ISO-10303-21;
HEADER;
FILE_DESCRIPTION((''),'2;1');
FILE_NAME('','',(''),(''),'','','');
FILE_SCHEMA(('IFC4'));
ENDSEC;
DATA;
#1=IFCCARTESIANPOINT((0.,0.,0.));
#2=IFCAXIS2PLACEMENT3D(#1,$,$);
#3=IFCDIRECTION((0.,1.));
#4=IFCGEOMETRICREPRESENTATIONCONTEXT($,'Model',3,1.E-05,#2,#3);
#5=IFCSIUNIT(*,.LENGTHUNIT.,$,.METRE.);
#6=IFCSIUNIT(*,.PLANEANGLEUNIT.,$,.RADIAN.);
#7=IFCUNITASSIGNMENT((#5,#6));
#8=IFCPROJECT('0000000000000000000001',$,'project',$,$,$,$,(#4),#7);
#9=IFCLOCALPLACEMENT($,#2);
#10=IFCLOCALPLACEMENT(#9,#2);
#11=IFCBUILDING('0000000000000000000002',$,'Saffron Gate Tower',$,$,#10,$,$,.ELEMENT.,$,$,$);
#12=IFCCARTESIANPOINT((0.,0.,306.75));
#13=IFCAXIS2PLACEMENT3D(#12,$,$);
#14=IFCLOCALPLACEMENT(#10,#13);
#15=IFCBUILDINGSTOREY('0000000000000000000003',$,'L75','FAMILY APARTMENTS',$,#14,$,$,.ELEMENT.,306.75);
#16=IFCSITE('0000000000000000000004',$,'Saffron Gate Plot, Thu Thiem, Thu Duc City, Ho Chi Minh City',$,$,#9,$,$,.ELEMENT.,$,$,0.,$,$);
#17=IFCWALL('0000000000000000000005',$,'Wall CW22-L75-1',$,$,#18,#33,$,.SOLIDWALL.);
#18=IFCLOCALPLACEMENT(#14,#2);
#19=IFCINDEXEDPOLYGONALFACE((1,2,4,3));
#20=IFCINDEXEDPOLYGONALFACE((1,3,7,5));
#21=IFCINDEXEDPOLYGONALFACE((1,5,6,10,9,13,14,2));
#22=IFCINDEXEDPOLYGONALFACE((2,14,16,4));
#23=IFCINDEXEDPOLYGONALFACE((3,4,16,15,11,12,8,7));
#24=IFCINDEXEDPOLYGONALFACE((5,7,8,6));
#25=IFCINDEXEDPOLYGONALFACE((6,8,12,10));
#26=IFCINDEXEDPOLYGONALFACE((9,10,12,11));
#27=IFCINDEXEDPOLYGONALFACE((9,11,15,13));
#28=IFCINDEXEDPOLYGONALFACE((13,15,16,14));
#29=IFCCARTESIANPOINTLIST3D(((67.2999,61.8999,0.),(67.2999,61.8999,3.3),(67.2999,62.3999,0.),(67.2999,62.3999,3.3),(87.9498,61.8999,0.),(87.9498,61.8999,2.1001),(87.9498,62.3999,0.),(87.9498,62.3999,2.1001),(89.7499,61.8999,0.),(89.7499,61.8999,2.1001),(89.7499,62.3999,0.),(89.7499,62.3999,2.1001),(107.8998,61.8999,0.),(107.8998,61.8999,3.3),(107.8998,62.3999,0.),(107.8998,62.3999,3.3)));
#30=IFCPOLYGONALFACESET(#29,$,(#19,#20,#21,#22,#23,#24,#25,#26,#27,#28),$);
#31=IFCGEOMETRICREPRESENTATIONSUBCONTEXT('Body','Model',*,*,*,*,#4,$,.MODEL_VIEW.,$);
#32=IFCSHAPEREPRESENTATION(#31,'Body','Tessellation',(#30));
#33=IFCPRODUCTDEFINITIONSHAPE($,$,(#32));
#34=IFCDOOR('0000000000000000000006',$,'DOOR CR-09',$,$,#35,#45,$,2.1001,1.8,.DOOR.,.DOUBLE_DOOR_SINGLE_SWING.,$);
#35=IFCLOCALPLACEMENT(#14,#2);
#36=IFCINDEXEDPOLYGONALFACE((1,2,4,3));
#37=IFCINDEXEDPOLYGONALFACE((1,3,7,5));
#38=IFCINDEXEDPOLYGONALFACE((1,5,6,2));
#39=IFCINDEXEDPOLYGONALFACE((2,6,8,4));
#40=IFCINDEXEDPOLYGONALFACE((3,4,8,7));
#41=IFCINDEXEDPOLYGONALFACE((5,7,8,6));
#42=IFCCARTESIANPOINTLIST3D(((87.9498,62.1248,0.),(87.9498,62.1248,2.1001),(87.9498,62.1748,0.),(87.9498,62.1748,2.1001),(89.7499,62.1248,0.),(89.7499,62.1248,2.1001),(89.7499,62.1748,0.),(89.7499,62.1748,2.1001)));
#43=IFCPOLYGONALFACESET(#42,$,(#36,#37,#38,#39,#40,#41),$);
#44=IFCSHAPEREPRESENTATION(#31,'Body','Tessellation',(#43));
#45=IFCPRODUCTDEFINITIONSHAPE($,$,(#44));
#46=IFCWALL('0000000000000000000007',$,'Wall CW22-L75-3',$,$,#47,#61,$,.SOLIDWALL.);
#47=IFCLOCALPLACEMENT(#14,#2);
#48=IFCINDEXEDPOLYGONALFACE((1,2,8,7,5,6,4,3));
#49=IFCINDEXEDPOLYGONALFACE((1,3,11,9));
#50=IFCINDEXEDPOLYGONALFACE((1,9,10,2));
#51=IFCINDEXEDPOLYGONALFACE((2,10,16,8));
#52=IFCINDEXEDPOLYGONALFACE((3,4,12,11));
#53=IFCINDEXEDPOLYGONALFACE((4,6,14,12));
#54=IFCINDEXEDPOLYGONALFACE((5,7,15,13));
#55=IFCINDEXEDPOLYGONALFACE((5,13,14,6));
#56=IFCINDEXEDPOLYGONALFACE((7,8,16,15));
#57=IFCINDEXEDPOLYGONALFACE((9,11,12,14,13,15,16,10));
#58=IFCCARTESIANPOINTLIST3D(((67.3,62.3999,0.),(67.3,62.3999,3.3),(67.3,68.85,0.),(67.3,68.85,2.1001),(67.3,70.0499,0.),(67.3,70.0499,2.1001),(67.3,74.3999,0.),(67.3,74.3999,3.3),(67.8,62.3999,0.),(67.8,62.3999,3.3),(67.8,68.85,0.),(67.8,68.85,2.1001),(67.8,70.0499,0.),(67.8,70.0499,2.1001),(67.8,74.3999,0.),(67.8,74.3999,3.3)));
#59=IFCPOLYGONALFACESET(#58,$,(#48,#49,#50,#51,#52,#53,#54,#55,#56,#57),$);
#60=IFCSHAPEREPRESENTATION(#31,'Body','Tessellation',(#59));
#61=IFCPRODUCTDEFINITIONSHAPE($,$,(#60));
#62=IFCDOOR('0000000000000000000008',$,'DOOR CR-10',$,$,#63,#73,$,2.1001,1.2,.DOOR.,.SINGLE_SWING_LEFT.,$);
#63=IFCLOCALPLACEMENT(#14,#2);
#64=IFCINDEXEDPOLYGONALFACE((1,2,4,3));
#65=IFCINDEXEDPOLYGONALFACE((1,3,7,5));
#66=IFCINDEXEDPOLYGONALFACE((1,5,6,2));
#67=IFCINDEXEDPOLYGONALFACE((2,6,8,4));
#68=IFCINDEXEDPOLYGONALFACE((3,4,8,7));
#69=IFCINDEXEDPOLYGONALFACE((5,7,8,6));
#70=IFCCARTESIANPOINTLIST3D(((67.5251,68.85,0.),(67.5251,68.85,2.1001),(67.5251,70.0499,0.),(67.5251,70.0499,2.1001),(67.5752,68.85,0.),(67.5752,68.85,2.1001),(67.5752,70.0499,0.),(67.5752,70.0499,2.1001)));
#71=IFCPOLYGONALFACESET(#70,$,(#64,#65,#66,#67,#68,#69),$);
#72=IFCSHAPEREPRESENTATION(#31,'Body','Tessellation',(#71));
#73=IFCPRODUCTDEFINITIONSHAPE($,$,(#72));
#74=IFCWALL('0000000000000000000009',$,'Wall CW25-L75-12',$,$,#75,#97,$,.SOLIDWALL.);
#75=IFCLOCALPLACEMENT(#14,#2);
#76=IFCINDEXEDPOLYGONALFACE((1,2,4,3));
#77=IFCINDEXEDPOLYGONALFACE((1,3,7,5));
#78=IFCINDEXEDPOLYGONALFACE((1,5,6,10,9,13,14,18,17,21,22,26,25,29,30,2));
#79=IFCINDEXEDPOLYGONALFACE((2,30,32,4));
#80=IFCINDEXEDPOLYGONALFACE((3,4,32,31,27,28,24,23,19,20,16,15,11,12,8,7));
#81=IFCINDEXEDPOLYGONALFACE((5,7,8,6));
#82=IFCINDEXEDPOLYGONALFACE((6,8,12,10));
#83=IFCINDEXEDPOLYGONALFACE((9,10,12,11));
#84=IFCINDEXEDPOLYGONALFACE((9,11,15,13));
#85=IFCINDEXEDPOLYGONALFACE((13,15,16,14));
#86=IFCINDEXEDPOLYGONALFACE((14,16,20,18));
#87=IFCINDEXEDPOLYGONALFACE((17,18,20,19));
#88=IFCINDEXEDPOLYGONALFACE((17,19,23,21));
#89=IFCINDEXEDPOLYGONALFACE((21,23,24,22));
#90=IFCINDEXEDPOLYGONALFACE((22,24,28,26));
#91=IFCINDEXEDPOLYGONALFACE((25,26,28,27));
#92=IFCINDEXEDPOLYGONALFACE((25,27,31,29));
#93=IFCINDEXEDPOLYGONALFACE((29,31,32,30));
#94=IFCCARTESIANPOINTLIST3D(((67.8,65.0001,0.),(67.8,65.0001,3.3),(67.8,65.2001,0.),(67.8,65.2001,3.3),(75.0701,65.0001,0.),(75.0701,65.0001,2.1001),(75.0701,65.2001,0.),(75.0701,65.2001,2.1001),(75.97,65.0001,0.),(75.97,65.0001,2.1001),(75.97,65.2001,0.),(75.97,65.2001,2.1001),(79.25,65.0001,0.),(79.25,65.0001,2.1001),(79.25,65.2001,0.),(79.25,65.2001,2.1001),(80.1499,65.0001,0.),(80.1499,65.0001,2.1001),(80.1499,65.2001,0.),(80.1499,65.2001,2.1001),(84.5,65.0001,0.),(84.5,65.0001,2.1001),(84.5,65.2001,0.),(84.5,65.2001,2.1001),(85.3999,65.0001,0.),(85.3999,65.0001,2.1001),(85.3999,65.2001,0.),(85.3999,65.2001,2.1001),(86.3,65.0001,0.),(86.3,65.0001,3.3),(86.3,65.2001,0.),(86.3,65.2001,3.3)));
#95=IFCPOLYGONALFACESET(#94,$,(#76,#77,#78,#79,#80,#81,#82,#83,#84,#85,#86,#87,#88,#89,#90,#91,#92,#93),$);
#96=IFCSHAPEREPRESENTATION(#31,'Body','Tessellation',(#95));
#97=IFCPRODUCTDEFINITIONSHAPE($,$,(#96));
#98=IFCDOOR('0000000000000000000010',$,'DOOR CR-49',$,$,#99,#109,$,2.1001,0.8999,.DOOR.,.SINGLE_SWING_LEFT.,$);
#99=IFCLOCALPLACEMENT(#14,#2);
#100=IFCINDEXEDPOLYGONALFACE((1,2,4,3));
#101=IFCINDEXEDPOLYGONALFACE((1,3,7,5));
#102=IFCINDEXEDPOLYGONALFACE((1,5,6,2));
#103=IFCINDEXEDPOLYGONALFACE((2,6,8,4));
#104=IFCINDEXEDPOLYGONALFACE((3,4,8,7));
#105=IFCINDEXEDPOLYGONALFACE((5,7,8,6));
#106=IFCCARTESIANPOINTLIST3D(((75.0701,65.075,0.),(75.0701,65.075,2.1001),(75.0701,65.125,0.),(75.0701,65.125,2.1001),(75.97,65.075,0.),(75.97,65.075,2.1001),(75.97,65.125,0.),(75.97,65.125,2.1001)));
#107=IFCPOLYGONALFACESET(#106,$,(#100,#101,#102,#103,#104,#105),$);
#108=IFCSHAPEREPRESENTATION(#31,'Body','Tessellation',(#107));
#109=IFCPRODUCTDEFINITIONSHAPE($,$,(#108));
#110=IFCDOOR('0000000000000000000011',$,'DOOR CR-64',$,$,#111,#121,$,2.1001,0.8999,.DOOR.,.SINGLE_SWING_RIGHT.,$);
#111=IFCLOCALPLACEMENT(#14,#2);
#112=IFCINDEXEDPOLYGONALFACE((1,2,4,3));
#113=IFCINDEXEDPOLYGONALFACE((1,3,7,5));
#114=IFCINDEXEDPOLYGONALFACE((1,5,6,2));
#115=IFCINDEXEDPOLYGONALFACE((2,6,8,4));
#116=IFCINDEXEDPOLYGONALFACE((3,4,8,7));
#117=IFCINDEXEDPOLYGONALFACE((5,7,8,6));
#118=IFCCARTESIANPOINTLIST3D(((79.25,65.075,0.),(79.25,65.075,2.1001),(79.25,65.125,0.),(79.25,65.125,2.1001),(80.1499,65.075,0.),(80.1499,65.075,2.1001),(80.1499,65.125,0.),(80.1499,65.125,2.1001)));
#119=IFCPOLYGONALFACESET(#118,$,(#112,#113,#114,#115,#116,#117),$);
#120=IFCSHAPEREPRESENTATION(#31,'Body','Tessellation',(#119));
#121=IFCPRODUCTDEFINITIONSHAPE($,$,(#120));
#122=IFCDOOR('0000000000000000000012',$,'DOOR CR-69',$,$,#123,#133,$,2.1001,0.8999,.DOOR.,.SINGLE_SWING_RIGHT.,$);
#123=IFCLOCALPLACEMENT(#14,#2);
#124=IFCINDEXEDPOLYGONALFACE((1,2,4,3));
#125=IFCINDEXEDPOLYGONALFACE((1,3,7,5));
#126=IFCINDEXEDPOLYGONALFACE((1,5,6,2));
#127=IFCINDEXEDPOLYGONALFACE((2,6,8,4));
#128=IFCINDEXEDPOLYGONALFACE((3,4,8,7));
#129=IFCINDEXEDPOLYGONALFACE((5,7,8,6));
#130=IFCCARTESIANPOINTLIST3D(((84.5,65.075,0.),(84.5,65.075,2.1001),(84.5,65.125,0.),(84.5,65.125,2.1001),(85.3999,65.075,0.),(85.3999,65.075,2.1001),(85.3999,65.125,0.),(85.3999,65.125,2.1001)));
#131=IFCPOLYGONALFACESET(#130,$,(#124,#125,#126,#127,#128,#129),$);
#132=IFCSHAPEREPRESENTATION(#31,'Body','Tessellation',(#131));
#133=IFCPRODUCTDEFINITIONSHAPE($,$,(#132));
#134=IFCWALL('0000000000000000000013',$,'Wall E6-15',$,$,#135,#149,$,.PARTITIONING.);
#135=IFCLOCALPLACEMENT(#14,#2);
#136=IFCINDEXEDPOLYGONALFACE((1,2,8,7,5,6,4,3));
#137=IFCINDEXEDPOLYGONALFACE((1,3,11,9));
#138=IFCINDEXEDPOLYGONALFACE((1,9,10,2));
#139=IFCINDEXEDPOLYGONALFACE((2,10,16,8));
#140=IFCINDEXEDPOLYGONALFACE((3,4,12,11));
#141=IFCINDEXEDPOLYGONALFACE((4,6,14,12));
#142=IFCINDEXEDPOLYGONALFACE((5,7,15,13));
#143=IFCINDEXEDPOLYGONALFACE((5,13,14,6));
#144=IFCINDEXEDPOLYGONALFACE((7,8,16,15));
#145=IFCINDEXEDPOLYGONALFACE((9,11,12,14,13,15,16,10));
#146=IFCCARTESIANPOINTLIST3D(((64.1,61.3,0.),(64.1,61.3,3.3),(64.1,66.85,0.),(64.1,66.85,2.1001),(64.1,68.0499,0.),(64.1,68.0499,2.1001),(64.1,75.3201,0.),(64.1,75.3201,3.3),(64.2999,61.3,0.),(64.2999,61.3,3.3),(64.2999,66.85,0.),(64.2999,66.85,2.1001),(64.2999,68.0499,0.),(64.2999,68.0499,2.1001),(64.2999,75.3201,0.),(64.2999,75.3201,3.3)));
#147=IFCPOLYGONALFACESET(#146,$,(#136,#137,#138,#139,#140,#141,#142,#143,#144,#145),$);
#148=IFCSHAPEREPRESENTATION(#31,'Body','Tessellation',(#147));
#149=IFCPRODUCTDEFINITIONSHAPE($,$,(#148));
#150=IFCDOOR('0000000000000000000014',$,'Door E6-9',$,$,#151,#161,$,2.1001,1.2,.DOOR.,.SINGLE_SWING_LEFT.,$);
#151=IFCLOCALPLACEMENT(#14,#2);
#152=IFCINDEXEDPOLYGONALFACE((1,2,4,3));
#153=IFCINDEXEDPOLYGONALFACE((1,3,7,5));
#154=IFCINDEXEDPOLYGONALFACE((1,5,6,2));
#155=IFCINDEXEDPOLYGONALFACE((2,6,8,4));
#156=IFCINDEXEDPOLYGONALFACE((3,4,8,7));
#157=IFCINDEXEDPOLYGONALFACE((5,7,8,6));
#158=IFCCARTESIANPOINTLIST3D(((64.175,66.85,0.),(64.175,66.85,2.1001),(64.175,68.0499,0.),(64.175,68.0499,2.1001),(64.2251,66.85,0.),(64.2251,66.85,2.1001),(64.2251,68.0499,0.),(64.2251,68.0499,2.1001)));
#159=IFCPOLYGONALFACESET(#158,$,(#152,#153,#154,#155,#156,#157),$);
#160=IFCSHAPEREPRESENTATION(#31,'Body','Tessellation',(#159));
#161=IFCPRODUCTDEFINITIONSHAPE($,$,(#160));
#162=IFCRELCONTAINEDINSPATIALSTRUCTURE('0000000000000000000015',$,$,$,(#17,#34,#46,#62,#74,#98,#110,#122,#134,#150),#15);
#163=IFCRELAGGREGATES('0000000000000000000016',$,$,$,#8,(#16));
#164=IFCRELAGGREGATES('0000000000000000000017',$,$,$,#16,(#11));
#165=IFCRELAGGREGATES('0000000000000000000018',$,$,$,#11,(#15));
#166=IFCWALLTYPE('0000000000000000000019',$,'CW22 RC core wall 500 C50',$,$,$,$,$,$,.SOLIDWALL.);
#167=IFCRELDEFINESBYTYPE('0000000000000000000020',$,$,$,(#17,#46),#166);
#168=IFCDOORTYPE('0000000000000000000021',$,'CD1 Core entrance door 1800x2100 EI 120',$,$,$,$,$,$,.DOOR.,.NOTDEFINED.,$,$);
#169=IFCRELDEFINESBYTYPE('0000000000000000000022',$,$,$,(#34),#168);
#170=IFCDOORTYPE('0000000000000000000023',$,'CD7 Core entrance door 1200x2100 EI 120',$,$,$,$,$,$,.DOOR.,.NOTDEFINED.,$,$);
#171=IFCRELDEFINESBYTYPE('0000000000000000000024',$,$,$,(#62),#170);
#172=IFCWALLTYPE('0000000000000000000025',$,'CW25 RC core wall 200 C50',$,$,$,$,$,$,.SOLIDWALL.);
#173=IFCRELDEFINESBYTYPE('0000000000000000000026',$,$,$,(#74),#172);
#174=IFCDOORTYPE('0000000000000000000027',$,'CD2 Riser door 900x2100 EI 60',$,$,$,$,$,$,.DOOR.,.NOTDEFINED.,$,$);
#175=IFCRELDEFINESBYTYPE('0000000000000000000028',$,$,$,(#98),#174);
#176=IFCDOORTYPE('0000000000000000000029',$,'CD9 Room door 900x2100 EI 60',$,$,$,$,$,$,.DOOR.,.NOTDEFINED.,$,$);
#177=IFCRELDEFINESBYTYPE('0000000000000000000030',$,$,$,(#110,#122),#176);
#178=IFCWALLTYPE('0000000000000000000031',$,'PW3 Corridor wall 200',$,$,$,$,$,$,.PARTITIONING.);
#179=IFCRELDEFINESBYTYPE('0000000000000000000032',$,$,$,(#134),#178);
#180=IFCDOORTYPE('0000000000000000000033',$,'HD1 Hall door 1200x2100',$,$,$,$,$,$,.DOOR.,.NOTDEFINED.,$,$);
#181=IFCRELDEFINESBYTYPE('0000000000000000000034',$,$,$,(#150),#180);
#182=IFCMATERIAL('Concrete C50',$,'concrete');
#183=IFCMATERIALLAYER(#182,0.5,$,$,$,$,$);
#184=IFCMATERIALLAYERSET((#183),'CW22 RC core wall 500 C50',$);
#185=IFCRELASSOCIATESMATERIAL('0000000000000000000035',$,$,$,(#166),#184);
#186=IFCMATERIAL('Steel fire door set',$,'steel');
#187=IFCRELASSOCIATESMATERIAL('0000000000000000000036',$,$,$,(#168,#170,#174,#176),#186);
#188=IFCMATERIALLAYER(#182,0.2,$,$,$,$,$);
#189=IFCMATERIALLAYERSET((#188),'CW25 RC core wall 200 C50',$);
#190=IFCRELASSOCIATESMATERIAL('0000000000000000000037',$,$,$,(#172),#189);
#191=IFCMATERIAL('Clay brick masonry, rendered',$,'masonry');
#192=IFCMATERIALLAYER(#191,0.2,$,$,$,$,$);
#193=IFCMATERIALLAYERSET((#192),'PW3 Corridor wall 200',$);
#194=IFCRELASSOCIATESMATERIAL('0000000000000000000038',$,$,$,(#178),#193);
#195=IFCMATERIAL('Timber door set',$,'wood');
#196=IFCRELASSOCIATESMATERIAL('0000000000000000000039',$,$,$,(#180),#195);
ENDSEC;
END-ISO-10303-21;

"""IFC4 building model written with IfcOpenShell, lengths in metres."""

from ifc_helpers import new_model, si_unit, direction, frame, frame_2d, origin, place, context, subcontext, project, spatial, rectangle, extrude, material, layer, layer_set, type_object, element, fill, save


model = new_model("IFC4")

# Units and contexts
model_context = context("Model", 3, precision=1e-05, world=origin(), true_north=direction((0.0, 1.0)))
body_context = subcontext(model_context, "Body", "Model", "MODEL_VIEW")
ifc_project = project(units=[si_unit("LENGTHUNIT", "METRE"), si_unit("PLANEANGLEUNIT", "RADIAN")], contexts=[model_context])

# Site, building, storey
site_placement = place(None, origin())
site = spatial("IfcSite", under=ifc_project, at=site_placement, Name="Saffron Gate Plot, Thu Thiem, Thu Duc City, Ho Chi Minh City", CompositionType="ELEMENT", RefElevation=0.0)
building_placement = place(site_placement, origin())
building = spatial("IfcBuilding", under=site, at=building_placement, Name="Saffron Gate Tower", CompositionType="ELEMENT")
storey_placement = place(building_placement, frame((0.0, 0.0, 306.75)))
storey = spatial("IfcBuildingStorey", under=building, at=storey_placement, Name="L75", Description="FAMILY APARTMENTS", CompositionType="ELEMENT", Elevation=306.75)

# Walls, openings, doors
ifc_material_1 = material(Name="Concrete C50", Category="concrete")
ifc_layer_1 = layer(ifc_material_1, 0.5)
ifc_layer_set_1 = layer_set([ifc_layer_1], Name="CW22 RC core wall 500 C50")
wall_type_1 = type_object("IfcWallType", Name="CW22 RC core wall 500 C50", PredefinedType="SOLIDWALL", material=ifc_layer_set_1)
wall_1_placement = place(storey_placement, frame((67.3, 62.1499, 0.0), z_axis=(0.0, 0.0, 1.0), x_axis=(1.0, 0.0, 0.0)))
wall_1 = element("IfcWall", 1, at=wall_1_placement, inside=storey, type_object=wall_type_1, Name="Wall CW22-L75-1", PredefinedType="SOLIDWALL", context=body_context, shape_type="SweptSolid", body=[
    extrude(rectangle(XDim=40.5999, YDim=0.5, at=frame_2d((20.2998, 0.0))), origin(), (0.0, 0.0, 1.0), 3.3),
])
opening_1_placement = place(wall_1_placement, frame((20.6499, 0.0, 0.0)))
opening_1 = element("IfcOpeningElement", 2, at=opening_1_placement, cuts=wall_1, PredefinedType="OPENING", context=body_context, shape_type="SweptSolid", body=[
    extrude(rectangle(XDim=1.8, YDim=2.1001, at=frame_2d((0.8999, 1.05))), frame((0.0, 0.26, 0.0), z_axis=(0.0, -1.0, 0.0), x_axis=(1.0, 0.0, 0.0)), (0.0, 0.0, 1.0), 0.52),
])
ifc_material_2 = material(Name="Steel fire door set", Category="steel")
door_type_1 = type_object("IfcDoorType", Name="CD1 Core entrance door 1800x2100 EI 120", OperationType="NOTDEFINED", PredefinedType="DOOR", material=ifc_material_2)
door_1_placement = place(opening_1_placement, origin())
door_1 = element("IfcDoor", 3, at=door_1_placement, inside=storey, type_object=door_type_1, Name="DOOR CR-09", OperationType="DOUBLE_DOOR_SINGLE_SWING", OverallHeight=2.1001, OverallWidth=1.8, PredefinedType="DOOR", context=body_context, shape_type="SweptSolid", body=[
    extrude(rectangle(XDim=1.8, YDim=2.1001, at=frame_2d((0.8999, 1.05))), frame((0.0, 0.0249, 0.0), z_axis=(0.0, -1.0, 0.0), x_axis=(1.0, 0.0, 0.0)), (0.0, 0.0, 1.0), 0.05),
])
fill(opening_1, door_1)
wall_2_placement = place(storey_placement, frame((67.55, 62.3999, 0.0), z_axis=(0.0, 0.0, 1.0), x_axis=(0.0, 1.0, 0.0)))
wall_2 = element("IfcWall", 4, at=wall_2_placement, inside=storey, type_object=wall_type_1, Name="Wall CW22-L75-3", PredefinedType="SOLIDWALL", context=body_context, shape_type="SweptSolid", body=[
    extrude(rectangle(XDim=12.0, YDim=0.5, at=frame_2d((6.0, 0.0))), origin(), (0.0, 0.0, 1.0), 3.3),
])
opening_2_placement = place(wall_2_placement, frame((6.45, 0.0, 0.0)))
opening_2 = element("IfcOpeningElement", 5, at=opening_2_placement, cuts=wall_2, PredefinedType="OPENING", context=body_context, shape_type="SweptSolid", body=[
    extrude(rectangle(XDim=1.2, YDim=2.1001, at=frame_2d((0.6001, 1.05))), frame((0.0, 0.26, 0.0), z_axis=(0.0, -1.0, 0.0), x_axis=(1.0, 0.0, 0.0)), (0.0, 0.0, 1.0), 0.52),
])
door_type_2 = type_object("IfcDoorType", Name="CD7 Core entrance door 1200x2100 EI 120", OperationType="NOTDEFINED", PredefinedType="DOOR", material=ifc_material_2)
door_2_placement = place(opening_2_placement, origin())
door_2 = element("IfcDoor", 6, at=door_2_placement, inside=storey, type_object=door_type_2, Name="DOOR CR-10", OperationType="SINGLE_SWING_LEFT", OverallHeight=2.1001, OverallWidth=1.2, PredefinedType="DOOR", context=body_context, shape_type="SweptSolid", body=[
    extrude(rectangle(XDim=1.2, YDim=2.1001, at=frame_2d((0.6001, 1.05))), frame((0.0, 0.0249, 0.0), z_axis=(0.0, -1.0, 0.0), x_axis=(1.0, 0.0, 0.0)), (0.0, 0.0, 1.0), 0.05),
])
fill(opening_2, door_2)

# Wall, openings, doors
ifc_layer_2 = layer(ifc_material_1, 0.2)
ifc_layer_set_2 = layer_set([ifc_layer_2], Name="CW25 RC core wall 200 C50")
wall_type_2 = type_object("IfcWallType", Name="CW25 RC core wall 200 C50", PredefinedType="SOLIDWALL", material=ifc_layer_set_2)
wall_3_placement = place(storey_placement, frame((67.8, 65.1001, 0.0), z_axis=(0.0, 0.0, 1.0), x_axis=(1.0, 0.0, 0.0)))
wall_3 = element("IfcWall", 7, at=wall_3_placement, inside=storey, type_object=wall_type_2, Name="Wall CW25-L75-12", PredefinedType="SOLIDWALL", context=body_context, shape_type="SweptSolid", body=[
    extrude(rectangle(XDim=18.5, YDim=0.2, at=frame_2d((9.25, 0.0))), origin(), (0.0, 0.0, 1.0), 3.3),
])
opening_3_placement = place(wall_3_placement, frame((7.27, 0.0, 0.0)))
opening_3 = element("IfcOpeningElement", 8, at=opening_3_placement, cuts=wall_3, PredefinedType="OPENING", context=body_context, shape_type="SweptSolid", body=[
    extrude(rectangle(XDim=0.8999, YDim=2.1001, at=frame_2d((0.45, 1.05))), frame((0.0, 0.1099, 0.0), z_axis=(0.0, -1.0, 0.0), x_axis=(1.0, 0.0, 0.0)), (0.0, 0.0, 1.0), 0.22),
])
opening_4_placement = place(wall_3_placement, frame((11.45, 0.0, 0.0)))
opening_4 = element("IfcOpeningElement", 9, at=opening_4_placement, cuts=wall_3, PredefinedType="OPENING", context=body_context, shape_type="SweptSolid", body=[
    extrude(rectangle(XDim=0.8999, YDim=2.1001, at=frame_2d((0.45, 1.05))), frame((0.0, 0.1099, 0.0), z_axis=(0.0, -1.0, 0.0), x_axis=(1.0, 0.0, 0.0)), (0.0, 0.0, 1.0), 0.22),
])
opening_5_placement = place(wall_3_placement, frame((16.7, 0.0, 0.0)))
opening_5 = element("IfcOpeningElement", 10, at=opening_5_placement, cuts=wall_3, PredefinedType="OPENING", context=body_context, shape_type="SweptSolid", body=[
    extrude(rectangle(XDim=0.8999, YDim=2.1001, at=frame_2d((0.45, 1.05))), frame((0.0, 0.1099, 0.0), z_axis=(0.0, -1.0, 0.0), x_axis=(1.0, 0.0, 0.0)), (0.0, 0.0, 1.0), 0.22),
])
door_type_3 = type_object("IfcDoorType", Name="CD2 Riser door 900x2100 EI 60", OperationType="NOTDEFINED", PredefinedType="DOOR", material=ifc_material_2)
door_3_placement = place(opening_3_placement, origin())
door_3 = element("IfcDoor", 11, at=door_3_placement, inside=storey, type_object=door_type_3, Name="DOOR CR-49", OperationType="SINGLE_SWING_LEFT", OverallHeight=2.1001, OverallWidth=0.8999, PredefinedType="DOOR", context=body_context, shape_type="SweptSolid", body=[
    extrude(rectangle(XDim=0.8999, YDim=2.1001, at=frame_2d((0.45, 1.05))), frame((0.0, 0.0249, 0.0), z_axis=(0.0, -1.0, 0.0), x_axis=(1.0, 0.0, 0.0)), (0.0, 0.0, 1.0), 0.05),
])
fill(opening_3, door_3)
door_type_4 = type_object("IfcDoorType", Name="CD9 Room door 900x2100 EI 60", OperationType="NOTDEFINED", PredefinedType="DOOR", material=ifc_material_2)
door_4_placement = place(opening_4_placement, origin())
door_4 = element("IfcDoor", 12, at=door_4_placement, inside=storey, type_object=door_type_4, Name="DOOR CR-64", OperationType="SINGLE_SWING_RIGHT", OverallHeight=2.1001, OverallWidth=0.8999, PredefinedType="DOOR", context=body_context, shape_type="SweptSolid", body=[
    extrude(rectangle(XDim=0.8999, YDim=2.1001, at=frame_2d((0.45, 1.05))), frame((0.0, 0.0249, 0.0), z_axis=(0.0, -1.0, 0.0), x_axis=(1.0, 0.0, 0.0)), (0.0, 0.0, 1.0), 0.05),
])
fill(opening_4, door_4)
door_5_placement = place(opening_5_placement, origin())
door_5 = element("IfcDoor", 13, at=door_5_placement, inside=storey, type_object=door_type_4, Name="DOOR CR-69", OperationType="SINGLE_SWING_RIGHT", OverallHeight=2.1001, OverallWidth=0.8999, PredefinedType="DOOR", context=body_context, shape_type="SweptSolid", body=[
    extrude(rectangle(XDim=0.8999, YDim=2.1001, at=frame_2d((0.45, 1.05))), frame((0.0, 0.0249, 0.0), z_axis=(0.0, -1.0, 0.0), x_axis=(1.0, 0.0, 0.0)), (0.0, 0.0, 1.0), 0.05),
])
fill(opening_5, door_5)

# Wall, opening, door
ifc_material_3 = material(Name="Clay brick masonry, rendered", Category="masonry")
ifc_layer_3 = layer(ifc_material_3, 0.2)
ifc_layer_set_3 = layer_set([ifc_layer_3], Name="PW3 Corridor wall 200")
wall_type_3 = type_object("IfcWallType", Name="PW3 Corridor wall 200", PredefinedType="PARTITIONING", material=ifc_layer_set_3)
wall_4_placement = place(storey_placement, frame((64.2, 61.3, 0.0), z_axis=(0.0, 0.0, 1.0), x_axis=(0.0, 1.0, 0.0)))
wall_4 = element("IfcWall", 14, at=wall_4_placement, inside=storey, type_object=wall_type_3, Name="Wall E6-15", PredefinedType="PARTITIONING", context=body_context, shape_type="SweptSolid", body=[
    extrude(rectangle(XDim=14.02, YDim=0.2, at=frame_2d((7.01, 0.0))), origin(), (0.0, 0.0, 1.0), 3.3),
])
opening_6_placement = place(wall_4_placement, frame((5.5498, 0.0, 0.0)))
opening_6 = element("IfcOpeningElement", 15, at=opening_6_placement, cuts=wall_4, PredefinedType="OPENING", context=body_context, shape_type="SweptSolid", body=[
    extrude(rectangle(XDim=1.2, YDim=2.1001, at=frame_2d((0.6001, 1.05))), frame((0.0, 0.1099, 0.0), z_axis=(0.0, -1.0, 0.0), x_axis=(1.0, 0.0, 0.0)), (0.0, 0.0, 1.0), 0.22),
])
ifc_material_4 = material(Name="Timber door set", Category="wood")
door_type_5 = type_object("IfcDoorType", Name="HD1 Hall door 1200x2100", OperationType="NOTDEFINED", PredefinedType="DOOR", material=ifc_material_4)
door_6_placement = place(opening_6_placement, origin())
door_6 = element("IfcDoor", 16, at=door_6_placement, inside=storey, type_object=door_type_5, Name="Door E6-9", OperationType="SINGLE_SWING_LEFT", OverallHeight=2.1001, OverallWidth=1.2, PredefinedType="DOOR", context=body_context, shape_type="SweptSolid", body=[
    extrude(rectangle(XDim=1.2, YDim=2.1001, at=frame_2d((0.6001, 1.05))), frame((0.0, 0.0249, 0.0), z_axis=(0.0, -1.0, 0.0), x_axis=(1.0, 0.0, 0.0)), (0.0, 0.0, 1.0), 0.05),
])
fill(opening_6, door_6)

save(model, "model.ifc")
